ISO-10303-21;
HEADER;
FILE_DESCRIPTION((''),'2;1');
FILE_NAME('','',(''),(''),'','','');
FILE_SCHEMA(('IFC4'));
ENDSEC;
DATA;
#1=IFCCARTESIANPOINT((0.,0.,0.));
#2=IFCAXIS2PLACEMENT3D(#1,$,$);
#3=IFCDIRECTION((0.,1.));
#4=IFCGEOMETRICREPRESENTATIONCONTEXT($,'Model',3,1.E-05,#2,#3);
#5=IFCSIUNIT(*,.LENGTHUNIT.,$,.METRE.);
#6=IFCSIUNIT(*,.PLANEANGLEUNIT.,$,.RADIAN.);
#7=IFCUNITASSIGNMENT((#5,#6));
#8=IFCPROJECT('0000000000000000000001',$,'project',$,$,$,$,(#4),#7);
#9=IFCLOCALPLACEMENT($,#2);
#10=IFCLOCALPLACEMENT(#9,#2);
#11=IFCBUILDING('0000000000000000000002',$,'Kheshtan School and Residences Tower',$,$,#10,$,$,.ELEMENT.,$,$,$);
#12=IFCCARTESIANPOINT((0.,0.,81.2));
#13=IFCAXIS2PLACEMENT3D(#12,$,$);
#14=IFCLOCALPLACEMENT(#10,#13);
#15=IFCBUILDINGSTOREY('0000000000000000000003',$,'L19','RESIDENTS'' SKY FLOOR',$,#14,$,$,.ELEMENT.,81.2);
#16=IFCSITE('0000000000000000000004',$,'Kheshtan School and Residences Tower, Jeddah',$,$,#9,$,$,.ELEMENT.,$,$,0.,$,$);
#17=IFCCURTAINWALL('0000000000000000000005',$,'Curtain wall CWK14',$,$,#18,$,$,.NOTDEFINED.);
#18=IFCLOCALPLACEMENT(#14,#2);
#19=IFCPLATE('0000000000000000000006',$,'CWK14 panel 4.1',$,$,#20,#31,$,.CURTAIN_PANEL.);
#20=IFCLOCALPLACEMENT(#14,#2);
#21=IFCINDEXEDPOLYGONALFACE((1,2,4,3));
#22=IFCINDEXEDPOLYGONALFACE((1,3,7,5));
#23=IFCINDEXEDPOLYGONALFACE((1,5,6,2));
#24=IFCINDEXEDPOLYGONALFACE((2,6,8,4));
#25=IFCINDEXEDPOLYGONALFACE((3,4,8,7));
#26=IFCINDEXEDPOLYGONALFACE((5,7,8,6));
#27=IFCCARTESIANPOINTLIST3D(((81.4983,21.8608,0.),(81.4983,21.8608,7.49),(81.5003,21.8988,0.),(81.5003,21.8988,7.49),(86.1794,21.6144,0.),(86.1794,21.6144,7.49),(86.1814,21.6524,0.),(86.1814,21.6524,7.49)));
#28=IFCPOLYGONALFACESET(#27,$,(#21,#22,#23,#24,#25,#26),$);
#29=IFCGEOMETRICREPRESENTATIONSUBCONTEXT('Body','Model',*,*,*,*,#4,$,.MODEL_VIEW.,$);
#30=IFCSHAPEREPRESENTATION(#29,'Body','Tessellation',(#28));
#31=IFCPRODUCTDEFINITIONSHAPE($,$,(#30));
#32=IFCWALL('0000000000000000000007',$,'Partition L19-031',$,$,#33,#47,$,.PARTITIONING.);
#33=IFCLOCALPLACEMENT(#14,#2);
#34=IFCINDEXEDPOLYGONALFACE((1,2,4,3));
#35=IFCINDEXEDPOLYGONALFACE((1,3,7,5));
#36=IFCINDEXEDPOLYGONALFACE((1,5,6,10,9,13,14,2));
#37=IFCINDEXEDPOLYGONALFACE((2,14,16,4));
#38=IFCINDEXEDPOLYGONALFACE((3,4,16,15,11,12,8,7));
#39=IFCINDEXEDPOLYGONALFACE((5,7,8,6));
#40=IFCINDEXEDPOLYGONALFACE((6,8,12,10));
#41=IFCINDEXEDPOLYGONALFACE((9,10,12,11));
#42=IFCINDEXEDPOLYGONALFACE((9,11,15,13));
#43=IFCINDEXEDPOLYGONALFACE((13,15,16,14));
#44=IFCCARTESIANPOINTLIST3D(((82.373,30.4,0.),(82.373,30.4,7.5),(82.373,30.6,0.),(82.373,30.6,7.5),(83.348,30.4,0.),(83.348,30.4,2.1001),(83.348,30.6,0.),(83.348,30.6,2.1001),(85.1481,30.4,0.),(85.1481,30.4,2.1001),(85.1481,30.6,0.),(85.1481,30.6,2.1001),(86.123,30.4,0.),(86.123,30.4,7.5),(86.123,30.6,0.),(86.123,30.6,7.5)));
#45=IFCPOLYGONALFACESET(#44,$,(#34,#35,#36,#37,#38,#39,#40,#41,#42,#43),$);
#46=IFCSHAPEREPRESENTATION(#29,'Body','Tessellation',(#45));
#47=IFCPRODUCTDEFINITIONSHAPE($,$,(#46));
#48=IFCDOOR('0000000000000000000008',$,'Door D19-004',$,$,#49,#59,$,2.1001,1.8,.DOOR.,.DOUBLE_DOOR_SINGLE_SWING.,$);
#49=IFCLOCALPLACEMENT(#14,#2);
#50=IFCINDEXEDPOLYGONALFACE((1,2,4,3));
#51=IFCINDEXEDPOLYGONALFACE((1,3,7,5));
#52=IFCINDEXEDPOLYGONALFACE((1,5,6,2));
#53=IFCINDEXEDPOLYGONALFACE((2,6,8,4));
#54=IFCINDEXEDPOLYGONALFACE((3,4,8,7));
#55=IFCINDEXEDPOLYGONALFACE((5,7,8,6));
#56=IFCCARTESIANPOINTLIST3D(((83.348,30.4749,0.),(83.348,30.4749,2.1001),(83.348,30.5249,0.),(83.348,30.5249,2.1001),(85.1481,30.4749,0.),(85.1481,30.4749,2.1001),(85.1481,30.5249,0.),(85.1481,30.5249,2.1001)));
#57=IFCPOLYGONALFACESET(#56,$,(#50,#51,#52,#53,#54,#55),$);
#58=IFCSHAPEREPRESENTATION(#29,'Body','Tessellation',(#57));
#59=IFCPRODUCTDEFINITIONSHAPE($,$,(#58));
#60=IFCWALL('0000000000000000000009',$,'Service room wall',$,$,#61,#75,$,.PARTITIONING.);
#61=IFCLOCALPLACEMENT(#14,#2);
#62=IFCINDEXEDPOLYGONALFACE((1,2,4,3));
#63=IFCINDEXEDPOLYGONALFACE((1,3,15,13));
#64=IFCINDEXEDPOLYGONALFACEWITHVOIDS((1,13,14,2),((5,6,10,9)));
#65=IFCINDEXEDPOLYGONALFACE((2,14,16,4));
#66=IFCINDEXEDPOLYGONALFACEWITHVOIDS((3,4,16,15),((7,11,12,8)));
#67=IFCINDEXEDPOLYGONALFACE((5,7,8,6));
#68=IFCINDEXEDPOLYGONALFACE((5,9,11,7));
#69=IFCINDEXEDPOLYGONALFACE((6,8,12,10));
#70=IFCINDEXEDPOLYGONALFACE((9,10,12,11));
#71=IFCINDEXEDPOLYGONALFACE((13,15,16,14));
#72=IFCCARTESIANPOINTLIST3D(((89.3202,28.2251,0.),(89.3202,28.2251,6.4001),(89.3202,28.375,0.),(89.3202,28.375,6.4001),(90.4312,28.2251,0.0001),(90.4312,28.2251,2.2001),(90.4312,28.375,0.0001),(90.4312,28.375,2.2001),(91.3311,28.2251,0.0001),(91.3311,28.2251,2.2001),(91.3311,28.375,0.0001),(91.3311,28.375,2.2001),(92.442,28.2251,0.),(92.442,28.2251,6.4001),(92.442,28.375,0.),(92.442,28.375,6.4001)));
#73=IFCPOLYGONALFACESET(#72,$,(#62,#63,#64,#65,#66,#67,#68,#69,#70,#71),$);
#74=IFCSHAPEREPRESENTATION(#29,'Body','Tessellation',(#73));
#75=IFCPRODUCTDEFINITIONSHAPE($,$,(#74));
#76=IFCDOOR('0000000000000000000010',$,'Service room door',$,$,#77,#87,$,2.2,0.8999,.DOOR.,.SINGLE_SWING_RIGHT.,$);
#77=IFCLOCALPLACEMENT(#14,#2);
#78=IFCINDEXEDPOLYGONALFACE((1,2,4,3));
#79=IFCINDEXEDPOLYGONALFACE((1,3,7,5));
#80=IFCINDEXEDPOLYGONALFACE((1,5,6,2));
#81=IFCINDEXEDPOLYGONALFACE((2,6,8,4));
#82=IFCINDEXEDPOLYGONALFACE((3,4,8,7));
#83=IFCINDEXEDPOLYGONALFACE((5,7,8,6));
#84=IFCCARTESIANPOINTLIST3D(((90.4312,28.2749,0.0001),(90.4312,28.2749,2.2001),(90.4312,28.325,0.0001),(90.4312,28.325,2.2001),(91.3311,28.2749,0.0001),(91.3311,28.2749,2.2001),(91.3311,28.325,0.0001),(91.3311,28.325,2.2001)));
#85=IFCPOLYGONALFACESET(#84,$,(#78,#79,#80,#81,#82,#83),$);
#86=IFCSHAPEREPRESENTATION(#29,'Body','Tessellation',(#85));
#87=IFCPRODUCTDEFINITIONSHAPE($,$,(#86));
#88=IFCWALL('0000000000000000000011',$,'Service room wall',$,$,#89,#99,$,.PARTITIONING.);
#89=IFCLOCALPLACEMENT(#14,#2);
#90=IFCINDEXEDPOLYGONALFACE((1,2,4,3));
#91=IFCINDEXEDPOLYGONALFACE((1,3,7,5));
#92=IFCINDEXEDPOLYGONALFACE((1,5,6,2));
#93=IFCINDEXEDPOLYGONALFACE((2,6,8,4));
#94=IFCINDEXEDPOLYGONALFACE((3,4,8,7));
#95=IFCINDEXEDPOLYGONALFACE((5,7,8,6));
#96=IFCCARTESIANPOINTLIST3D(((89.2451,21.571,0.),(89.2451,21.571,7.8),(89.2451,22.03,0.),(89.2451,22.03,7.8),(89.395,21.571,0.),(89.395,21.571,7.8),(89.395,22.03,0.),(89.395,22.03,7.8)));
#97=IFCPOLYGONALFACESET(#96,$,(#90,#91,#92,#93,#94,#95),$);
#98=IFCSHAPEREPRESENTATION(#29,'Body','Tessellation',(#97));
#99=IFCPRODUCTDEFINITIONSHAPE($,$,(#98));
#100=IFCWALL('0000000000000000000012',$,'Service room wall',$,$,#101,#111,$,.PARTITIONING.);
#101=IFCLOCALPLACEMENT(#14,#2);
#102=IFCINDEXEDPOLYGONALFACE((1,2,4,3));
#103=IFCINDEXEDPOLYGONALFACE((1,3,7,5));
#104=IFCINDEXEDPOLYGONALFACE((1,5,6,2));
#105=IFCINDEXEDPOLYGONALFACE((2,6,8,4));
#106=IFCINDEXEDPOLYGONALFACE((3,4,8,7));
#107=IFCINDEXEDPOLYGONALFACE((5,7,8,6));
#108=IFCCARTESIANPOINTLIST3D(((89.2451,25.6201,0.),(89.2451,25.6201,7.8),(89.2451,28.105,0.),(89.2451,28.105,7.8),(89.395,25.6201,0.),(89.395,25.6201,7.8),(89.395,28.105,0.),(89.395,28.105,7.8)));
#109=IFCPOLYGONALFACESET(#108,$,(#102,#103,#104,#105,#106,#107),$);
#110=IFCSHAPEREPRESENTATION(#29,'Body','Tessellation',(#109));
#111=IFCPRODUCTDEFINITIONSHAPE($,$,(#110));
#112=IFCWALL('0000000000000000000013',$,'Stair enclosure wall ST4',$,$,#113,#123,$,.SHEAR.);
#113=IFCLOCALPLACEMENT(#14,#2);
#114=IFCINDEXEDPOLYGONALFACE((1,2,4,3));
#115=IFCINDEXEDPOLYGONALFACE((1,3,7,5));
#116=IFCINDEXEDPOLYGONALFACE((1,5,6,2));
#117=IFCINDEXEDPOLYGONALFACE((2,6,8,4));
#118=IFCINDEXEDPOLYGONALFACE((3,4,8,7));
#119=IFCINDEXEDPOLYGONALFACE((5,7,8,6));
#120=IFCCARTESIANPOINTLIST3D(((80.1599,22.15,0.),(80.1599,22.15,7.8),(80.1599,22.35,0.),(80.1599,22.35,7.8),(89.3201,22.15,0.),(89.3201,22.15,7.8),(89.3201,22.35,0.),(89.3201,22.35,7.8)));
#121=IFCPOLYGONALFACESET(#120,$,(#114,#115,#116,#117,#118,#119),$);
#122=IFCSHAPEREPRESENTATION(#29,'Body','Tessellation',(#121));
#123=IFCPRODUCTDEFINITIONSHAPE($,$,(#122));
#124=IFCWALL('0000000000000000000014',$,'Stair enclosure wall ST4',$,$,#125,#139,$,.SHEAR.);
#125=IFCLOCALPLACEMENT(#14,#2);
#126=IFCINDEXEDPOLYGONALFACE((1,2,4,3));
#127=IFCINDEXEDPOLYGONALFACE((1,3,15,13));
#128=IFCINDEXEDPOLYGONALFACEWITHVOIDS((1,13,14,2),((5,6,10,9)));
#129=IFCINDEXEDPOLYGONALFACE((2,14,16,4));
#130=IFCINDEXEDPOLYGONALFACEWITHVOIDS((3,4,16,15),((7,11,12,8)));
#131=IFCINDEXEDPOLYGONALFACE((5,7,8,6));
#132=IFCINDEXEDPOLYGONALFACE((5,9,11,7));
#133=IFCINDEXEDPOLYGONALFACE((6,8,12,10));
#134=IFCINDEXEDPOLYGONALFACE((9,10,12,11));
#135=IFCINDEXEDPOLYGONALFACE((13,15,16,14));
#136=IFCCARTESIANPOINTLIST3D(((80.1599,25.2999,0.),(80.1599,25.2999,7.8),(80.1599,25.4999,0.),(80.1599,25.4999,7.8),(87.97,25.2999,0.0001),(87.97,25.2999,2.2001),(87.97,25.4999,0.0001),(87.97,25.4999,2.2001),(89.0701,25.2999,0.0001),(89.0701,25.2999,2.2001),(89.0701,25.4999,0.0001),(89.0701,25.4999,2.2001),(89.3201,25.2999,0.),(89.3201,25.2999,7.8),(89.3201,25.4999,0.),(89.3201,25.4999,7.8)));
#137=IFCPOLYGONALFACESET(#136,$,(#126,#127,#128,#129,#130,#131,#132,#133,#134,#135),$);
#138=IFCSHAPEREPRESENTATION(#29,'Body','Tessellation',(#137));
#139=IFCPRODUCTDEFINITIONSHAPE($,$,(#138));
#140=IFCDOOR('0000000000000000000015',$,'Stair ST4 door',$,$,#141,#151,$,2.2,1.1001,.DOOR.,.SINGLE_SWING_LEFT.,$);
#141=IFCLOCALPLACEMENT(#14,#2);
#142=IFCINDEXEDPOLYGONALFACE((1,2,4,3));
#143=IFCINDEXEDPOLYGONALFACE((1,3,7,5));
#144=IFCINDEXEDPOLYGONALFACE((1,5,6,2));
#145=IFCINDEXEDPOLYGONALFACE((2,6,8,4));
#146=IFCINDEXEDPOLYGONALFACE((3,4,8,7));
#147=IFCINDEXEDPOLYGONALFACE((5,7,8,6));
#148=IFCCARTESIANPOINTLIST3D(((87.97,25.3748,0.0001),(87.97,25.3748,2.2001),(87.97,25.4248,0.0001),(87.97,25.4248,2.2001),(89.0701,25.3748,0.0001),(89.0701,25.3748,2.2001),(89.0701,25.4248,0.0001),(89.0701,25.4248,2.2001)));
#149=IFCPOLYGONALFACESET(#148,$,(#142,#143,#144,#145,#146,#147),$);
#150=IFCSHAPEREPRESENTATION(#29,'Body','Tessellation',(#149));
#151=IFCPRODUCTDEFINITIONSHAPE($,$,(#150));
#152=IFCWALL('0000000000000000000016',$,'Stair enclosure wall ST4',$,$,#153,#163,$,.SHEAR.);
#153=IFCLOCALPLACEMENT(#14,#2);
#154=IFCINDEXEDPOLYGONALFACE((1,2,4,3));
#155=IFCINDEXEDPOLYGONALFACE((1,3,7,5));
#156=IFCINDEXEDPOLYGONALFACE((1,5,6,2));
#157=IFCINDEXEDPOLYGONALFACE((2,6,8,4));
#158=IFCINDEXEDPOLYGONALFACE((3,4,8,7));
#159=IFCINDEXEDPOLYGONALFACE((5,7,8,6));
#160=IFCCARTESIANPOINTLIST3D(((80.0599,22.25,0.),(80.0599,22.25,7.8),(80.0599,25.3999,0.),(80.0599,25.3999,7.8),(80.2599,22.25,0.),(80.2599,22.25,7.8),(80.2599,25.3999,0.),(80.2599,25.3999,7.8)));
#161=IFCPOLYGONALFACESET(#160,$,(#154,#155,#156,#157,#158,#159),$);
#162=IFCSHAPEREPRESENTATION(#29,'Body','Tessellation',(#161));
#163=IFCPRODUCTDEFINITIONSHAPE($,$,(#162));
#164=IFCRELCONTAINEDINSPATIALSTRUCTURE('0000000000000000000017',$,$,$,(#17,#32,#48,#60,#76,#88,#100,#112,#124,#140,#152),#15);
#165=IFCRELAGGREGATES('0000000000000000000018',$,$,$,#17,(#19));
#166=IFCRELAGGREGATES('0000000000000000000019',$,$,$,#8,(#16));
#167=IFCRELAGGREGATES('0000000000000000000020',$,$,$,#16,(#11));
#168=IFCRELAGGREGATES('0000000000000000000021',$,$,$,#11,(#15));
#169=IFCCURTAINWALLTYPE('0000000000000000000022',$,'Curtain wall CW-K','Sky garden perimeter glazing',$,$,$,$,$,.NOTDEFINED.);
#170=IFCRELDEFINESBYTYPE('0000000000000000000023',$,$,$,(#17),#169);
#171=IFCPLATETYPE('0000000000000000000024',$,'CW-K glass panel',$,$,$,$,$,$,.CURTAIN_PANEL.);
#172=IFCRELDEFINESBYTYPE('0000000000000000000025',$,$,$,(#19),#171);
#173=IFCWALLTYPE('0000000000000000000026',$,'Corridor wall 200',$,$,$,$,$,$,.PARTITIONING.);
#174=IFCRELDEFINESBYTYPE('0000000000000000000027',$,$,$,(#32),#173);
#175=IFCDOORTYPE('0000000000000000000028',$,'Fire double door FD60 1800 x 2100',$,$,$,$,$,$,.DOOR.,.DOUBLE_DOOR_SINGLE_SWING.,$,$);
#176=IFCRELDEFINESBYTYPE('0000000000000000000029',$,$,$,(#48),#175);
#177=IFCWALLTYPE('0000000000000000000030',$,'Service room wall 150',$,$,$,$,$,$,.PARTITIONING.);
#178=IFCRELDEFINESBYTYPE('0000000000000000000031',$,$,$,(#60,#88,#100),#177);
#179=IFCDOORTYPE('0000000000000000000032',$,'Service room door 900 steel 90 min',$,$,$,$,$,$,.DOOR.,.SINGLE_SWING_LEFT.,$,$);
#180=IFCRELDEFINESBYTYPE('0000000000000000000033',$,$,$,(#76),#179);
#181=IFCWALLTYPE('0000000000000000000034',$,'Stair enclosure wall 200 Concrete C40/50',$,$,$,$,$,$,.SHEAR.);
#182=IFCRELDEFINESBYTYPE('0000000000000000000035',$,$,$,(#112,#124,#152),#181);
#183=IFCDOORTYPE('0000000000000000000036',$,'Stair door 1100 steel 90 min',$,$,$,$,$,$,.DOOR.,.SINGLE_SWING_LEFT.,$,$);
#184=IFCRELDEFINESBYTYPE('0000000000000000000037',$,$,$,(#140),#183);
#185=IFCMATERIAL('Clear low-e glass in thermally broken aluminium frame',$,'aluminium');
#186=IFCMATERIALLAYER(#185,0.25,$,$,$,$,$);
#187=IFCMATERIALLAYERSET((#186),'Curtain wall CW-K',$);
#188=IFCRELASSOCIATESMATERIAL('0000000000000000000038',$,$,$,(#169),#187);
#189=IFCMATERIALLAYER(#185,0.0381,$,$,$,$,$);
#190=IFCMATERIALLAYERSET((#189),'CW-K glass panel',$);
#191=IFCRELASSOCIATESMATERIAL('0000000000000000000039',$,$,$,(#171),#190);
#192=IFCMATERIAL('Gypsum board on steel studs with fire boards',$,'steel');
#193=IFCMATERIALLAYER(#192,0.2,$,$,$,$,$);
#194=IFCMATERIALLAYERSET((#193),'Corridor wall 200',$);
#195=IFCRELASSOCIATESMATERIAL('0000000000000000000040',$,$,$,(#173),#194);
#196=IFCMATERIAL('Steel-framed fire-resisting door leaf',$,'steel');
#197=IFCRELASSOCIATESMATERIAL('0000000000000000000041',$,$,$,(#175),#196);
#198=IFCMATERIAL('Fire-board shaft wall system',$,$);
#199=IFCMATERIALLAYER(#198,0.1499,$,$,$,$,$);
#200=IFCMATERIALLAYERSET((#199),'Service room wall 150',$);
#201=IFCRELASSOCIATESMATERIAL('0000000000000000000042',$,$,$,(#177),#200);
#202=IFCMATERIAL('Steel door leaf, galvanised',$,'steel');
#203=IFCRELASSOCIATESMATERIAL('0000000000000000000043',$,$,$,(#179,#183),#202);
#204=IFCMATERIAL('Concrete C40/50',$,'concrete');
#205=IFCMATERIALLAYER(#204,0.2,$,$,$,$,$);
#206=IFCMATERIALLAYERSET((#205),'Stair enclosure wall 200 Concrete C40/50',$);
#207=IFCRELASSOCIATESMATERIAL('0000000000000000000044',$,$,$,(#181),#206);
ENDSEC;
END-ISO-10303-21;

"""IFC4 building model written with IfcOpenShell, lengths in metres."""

from ifc_helpers import new_model, si_unit, direction, frame, frame_2d, origin, origin_2d, place, context, subcontext, project, spatial, rectangle, extrude, source, transform, mapped, material, layer, layer_set, type_object, element, fill, aggregate, save


model = new_model("IFC4")

# Units and contexts
model_context = context("Model", 3, precision=1e-05, world=origin(), true_north=direction((0.0, 1.0)))
body_context = subcontext(model_context, "Body", "Model", "MODEL_VIEW")
ifc_project = project(units=[si_unit("LENGTHUNIT", "METRE"), si_unit("PLANEANGLEUNIT", "RADIAN")], contexts=[model_context])

# Site, building, storey
site_placement = place(None, origin())
site = spatial("IfcSite", under=ifc_project, at=site_placement, Name="Kheshtan School and Residences Tower, Jeddah", CompositionType="ELEMENT", RefElevation=0.0)
building_placement = place(site_placement, origin())
building = spatial("IfcBuilding", under=site, at=building_placement, Name="Kheshtan School and Residences Tower", CompositionType="ELEMENT")
storey_placement = place(building_placement, frame((0.0, 0.0, 81.2)))
storey = spatial("IfcBuildingStorey", under=building, at=storey_placement, Name="L19", Description="RESIDENTS' SKY FLOOR", CompositionType="ELEMENT", Elevation=81.2)

# Curtain wall, plate
ifc_material_1 = material(Name="Clear low-e glass in thermally broken aluminium frame", Category="aluminium")
ifc_layer_1 = layer(ifc_material_1, 0.25)
ifc_layer_set_1 = layer_set([ifc_layer_1], Name="Curtain wall CW-K")
curtain_wall_type = type_object("IfcCurtainWallType", Name="Curtain wall CW-K", Description="Sky garden perimeter glazing", PredefinedType="NOTDEFINED", material=ifc_layer_set_1)
curtain_wall_placement = place(storey_placement, origin())
curtain_wall = element("IfcCurtainWall", 1, at=curtain_wall_placement, inside=storey, type_object=curtain_wall_type, Name="Curtain wall CWK14", PredefinedType="NOTDEFINED")
ifc_layer_2 = layer(ifc_material_1, 0.0381)
ifc_layer_set_2 = layer_set([ifc_layer_2], Name="CW-K glass panel")
plate_type = type_object("IfcPlateType", Name="CW-K glass panel", PredefinedType="CURTAIN_PANEL", material=ifc_layer_set_2)
plate_1_placement = place(storey_placement, frame((83.8398, 21.7566, 0.0), z_axis=(0.0, 0.0, 1.0), x_axis=(-0.998617, 0.05257, 0.0)))
plate_1 = element("IfcPlate", 2, at=plate_1_placement, type_object=plate_type, Name="CWK14 panel 4.1", PredefinedType="CURTAIN_PANEL", context=body_context, shape_type="SweptSolid", body=[
    extrude(rectangle(XDim=4.6875, YDim=0.0381, at=origin_2d()), origin(), (0.0, 0.0, 1.0), 7.49),
])
aggregate(curtain_wall, [plate_1])

# Walls, openings, doors
ifc_material_2 = material(Name="Gypsum board on steel studs with fire boards", Category="steel")
ifc_layer_3 = layer(ifc_material_2, 0.2)
ifc_layer_set_3 = layer_set([ifc_layer_3], Name="Corridor wall 200")
wall_type_1 = type_object("IfcWallType", Name="Corridor wall 200", PredefinedType="PARTITIONING", material=ifc_layer_set_3)
wall_1_placement = place(storey_placement, frame((82.373, 30.5, 0.0), z_axis=(0.0, 0.0, 1.0), x_axis=(1.0, 0.0, 0.0)))
wall_1 = element("IfcWall", 3, at=wall_1_placement, inside=storey, type_object=wall_type_1, Name="Partition L19-031", PredefinedType="PARTITIONING", context=body_context, shape_type="SweptSolid", body=[
    extrude(rectangle(XDim=3.75, YDim=0.2, at=frame_2d((1.875, 0.0))), origin(), (0.0, 0.0, 1.0), 7.5),
])
opening_1_placement = place(wall_1_placement, frame((0.9751, 0.0, 0.0)))
opening_1 = element("IfcOpeningElement", 4, at=opening_1_placement, cuts=wall_1, PredefinedType="OPENING", context=body_context, shape_type="SweptSolid", body=[
    extrude(rectangle(XDim=1.8, YDim=2.1001, at=frame_2d((0.8999, 1.05))), frame((0.0, 0.1099, 0.0), z_axis=(0.0, -1.0, 0.0), x_axis=(1.0, 0.0, 0.0)), (0.0, 0.0, 1.0), 0.22),
])
ifc_material_3 = material(Name="Steel-framed fire-resisting door leaf", Category="steel")
door_type_1 = type_object("IfcDoorType", Name="Fire double door FD60 1800 x 2100", OperationType="DOUBLE_DOOR_SINGLE_SWING", PredefinedType="DOOR", material=ifc_material_3)
shared_shape_1 = source(origin(), body_context, "Body", "SweptSolid", [
    extrude(rectangle(XDim=1.8, YDim=2.1001, at=frame_2d((0.8999, 1.05))), frame((0.0, 0.0249, 0.0), z_axis=(0.0, -1.0, 0.0), x_axis=(1.0, 0.0, 0.0)), (0.0, 0.0, 1.0), 0.05),
])
door_1_placement = place(opening_1_placement, origin())
door_1 = element("IfcDoor", 5, at=door_1_placement, inside=storey, type_object=door_type_1, Name="Door D19-004", OperationType="DOUBLE_DOOR_SINGLE_SWING", OverallHeight=2.1001, OverallWidth=1.8, PredefinedType="DOOR", context=body_context, shape_type="MappedRepresentation", body=[
    mapped(shared_shape_1, transform((0.0, 0.0, 0.0), x_axis=(1.0, 0.0, 0.0), y_axis=(0.0, 1.0, 0.0), z_axis=(0.0, 0.0, 1.0), scale=1.0)),
])
fill(opening_1, door_1)
ifc_material_4 = material(Name="Fire-board shaft wall system")
ifc_layer_4 = layer(ifc_material_4, 0.1499)
ifc_layer_set_4 = layer_set([ifc_layer_4], Name="Service room wall 150")
wall_type_2 = type_object("IfcWallType", Name="Service room wall 150", PredefinedType="PARTITIONING", material=ifc_layer_set_4)
wall_2_placement = place(storey_placement, frame((89.3201, 28.3, 0.0), z_axis=(0.0, 0.0, 1.0), x_axis=(1.0, 0.0, 0.0)))
wall_2 = element("IfcWall", 6, at=wall_2_placement, inside=storey, type_object=wall_type_2, Name="Service room wall", PredefinedType="PARTITIONING", context=body_context, shape_type="SweptSolid", body=[
    extrude(rectangle(XDim=3.1218, YDim=0.1499, at=frame_2d((1.561, 0.0))), origin(), (0.0, 0.0, 1.0), 6.4001),
])
opening_2_placement = place(wall_2_placement, frame((1.1111, 0.0, 0.0)))
opening_2 = element("IfcOpeningElement", 7, at=opening_2_placement, cuts=wall_2, PredefinedType="OPENING", context=body_context, shape_type="SweptSolid", body=[
    extrude(rectangle(XDim=0.8999, YDim=2.2, at=frame_2d((0.45, 1.1001))), frame((0.0, 0.085, 0.0), z_axis=(0.0, -1.0, 0.0), x_axis=(1.0, 0.0, 0.0)), (0.0, 0.0, 1.0), 0.1699),
])
ifc_material_5 = material(Name="Steel door leaf, galvanised", Category="steel")
door_type_2 = type_object("IfcDoorType", Name="Service room door 900 steel 90 min", OperationType="SINGLE_SWING_LEFT", PredefinedType="DOOR", material=ifc_material_5)
shared_shape_2 = source(origin(), body_context, "Body", "SweptSolid", [
    extrude(rectangle(XDim=0.8999, YDim=2.2, at=frame_2d((0.45, 1.1001))), frame((0.0, 0.0249, 0.0), z_axis=(0.0, -1.0, 0.0), x_axis=(1.0, 0.0, 0.0)), (0.0, 0.0, 1.0), 0.05),
])
door_2_placement = place(opening_2_placement, origin())
door_2 = element("IfcDoor", 8, at=door_2_placement, inside=storey, type_object=door_type_2, Name="Service room door", OperationType="SINGLE_SWING_RIGHT", OverallHeight=2.2, OverallWidth=0.8999, PredefinedType="DOOR", context=body_context, shape_type="MappedRepresentation", body=[
    mapped(shared_shape_2, transform((0.0, 0.0, 0.0), x_axis=(1.0, 0.0, 0.0), y_axis=(0.0, 1.0, 0.0), z_axis=(0.0, 0.0, 1.0), scale=1.0)),
])
fill(opening_2, door_2)

# Walls
wall_3_placement = place(storey_placement, frame((89.3201, 21.571, 0.0), z_axis=(0.0, 0.0, 1.0), x_axis=(0.0, 1.0, 0.0)))
element("IfcWall", 9, at=wall_3_placement, inside=storey, type_object=wall_type_2, Name="Service room wall", PredefinedType="PARTITIONING", context=body_context, shape_type="SweptSolid", body=[
    extrude(rectangle(XDim=0.459, YDim=0.1499, at=frame_2d((0.2295, 0.0))), origin(), (0.0, 0.0, 1.0), 7.8),
])
wall_4_placement = place(storey_placement, frame((89.3201, 25.6201, 0.0), z_axis=(0.0, 0.0, 1.0), x_axis=(0.0, 1.0, 0.0)))
element("IfcWall", 10, at=wall_4_placement, inside=storey, type_object=wall_type_2, Name="Service room wall", PredefinedType="PARTITIONING", context=body_context, shape_type="SweptSolid", body=[
    extrude(rectangle(XDim=2.4849, YDim=0.1499, at=frame_2d((1.2424, 0.0))), origin(), (0.0, 0.0, 1.0), 7.8),
])
ifc_material_6 = material(Name="Concrete C40/50", Category="concrete")
ifc_layer_5 = layer(ifc_material_6, 0.2)
ifc_layer_set_5 = layer_set([ifc_layer_5], Name="Stair enclosure wall 200 Concrete C40/50")
wall_type_3 = type_object("IfcWallType", Name="Stair enclosure wall 200 Concrete C40/50", PredefinedType="SHEAR", material=ifc_layer_set_5)
wall_5_placement = place(storey_placement, frame((80.1599, 22.25, 0.0), z_axis=(0.0, 0.0, 1.0), x_axis=(1.0, 0.0, 0.0)))
element("IfcWall", 11, at=wall_5_placement, inside=storey, type_object=wall_type_3, Name="Stair enclosure wall ST4", PredefinedType="SHEAR", context=body_context, shape_type="SweptSolid", body=[
    extrude(rectangle(XDim=9.1602, YDim=0.2, at=frame_2d((4.5801, 0.0))), origin(), (0.0, 0.0, 1.0), 7.8),
])

# Wall, opening, door
wall_6_placement = place(storey_placement, frame((80.1599, 25.3999, 0.0), z_axis=(0.0, 0.0, 1.0), x_axis=(1.0, 0.0, 0.0)))
wall_6 = element("IfcWall", 12, at=wall_6_placement, inside=storey, type_object=wall_type_3, Name="Stair enclosure wall ST4", PredefinedType="SHEAR", context=body_context, shape_type="SweptSolid", body=[
    extrude(rectangle(XDim=9.1602, YDim=0.2, at=frame_2d((4.5801, 0.0))), origin(), (0.0, 0.0, 1.0), 7.8),
])
opening_3_placement = place(wall_6_placement, frame((7.8101, 0.0, 0.0)))
opening_3 = element("IfcOpeningElement", 13, at=opening_3_placement, cuts=wall_6, PredefinedType="OPENING", context=body_context, shape_type="SweptSolid", body=[
    extrude(rectangle(XDim=1.1001, YDim=2.2, at=frame_2d((0.55, 1.1001))), frame((0.0, 0.1099, 0.0), z_axis=(0.0, -1.0, 0.0), x_axis=(1.0, 0.0, 0.0)), (0.0, 0.0, 1.0), 0.22),
])
door_type_3 = type_object("IfcDoorType", Name="Stair door 1100 steel 90 min", OperationType="SINGLE_SWING_LEFT", PredefinedType="DOOR", material=ifc_material_5)
shared_shape_3 = source(origin(), body_context, "Body", "SweptSolid", [
    extrude(rectangle(XDim=1.1001, YDim=2.2, at=frame_2d((0.55, 1.1001))), frame((0.0, 0.0249, 0.0), z_axis=(0.0, -1.0, 0.0), x_axis=(1.0, 0.0, 0.0)), (0.0, 0.0, 1.0), 0.05),
])
door_3_placement = place(opening_3_placement, origin())
door_3 = element("IfcDoor", 14, at=door_3_placement, inside=storey, type_object=door_type_3, Name="Stair ST4 door", OperationType="SINGLE_SWING_LEFT", OverallHeight=2.2, OverallWidth=1.1001, PredefinedType="DOOR", context=body_context, shape_type="MappedRepresentation", body=[
    mapped(shared_shape_3, transform((0.0, 0.0, 0.0), x_axis=(1.0, 0.0, 0.0), y_axis=(0.0, 1.0, 0.0), z_axis=(0.0, 0.0, 1.0), scale=1.0)),
])
fill(opening_3, door_3)

# Wall
for number, where, z_axis, x_axis, name in (
    (15, (80.1599, 22.25, 0.0), (0.0, 0.0, 1.0), (0.0, 1.0, 0.0), "Stair enclosure wall ST4"),
):
    element("IfcWall", number, at=place(storey_placement, frame(where, z_axis=z_axis, x_axis=x_axis)), inside=storey, type_object=wall_type_3, Name=name, PredefinedType="SHEAR", context=body_context, shape_type="SweptSolid", body=[
        extrude(rectangle(XDim=3.1499, YDim=0.2, at=frame_2d((1.575, 0.0))), origin(), (0.0, 0.0, 1.0), 7.8),
    ])

save(model, "model.ifc")
